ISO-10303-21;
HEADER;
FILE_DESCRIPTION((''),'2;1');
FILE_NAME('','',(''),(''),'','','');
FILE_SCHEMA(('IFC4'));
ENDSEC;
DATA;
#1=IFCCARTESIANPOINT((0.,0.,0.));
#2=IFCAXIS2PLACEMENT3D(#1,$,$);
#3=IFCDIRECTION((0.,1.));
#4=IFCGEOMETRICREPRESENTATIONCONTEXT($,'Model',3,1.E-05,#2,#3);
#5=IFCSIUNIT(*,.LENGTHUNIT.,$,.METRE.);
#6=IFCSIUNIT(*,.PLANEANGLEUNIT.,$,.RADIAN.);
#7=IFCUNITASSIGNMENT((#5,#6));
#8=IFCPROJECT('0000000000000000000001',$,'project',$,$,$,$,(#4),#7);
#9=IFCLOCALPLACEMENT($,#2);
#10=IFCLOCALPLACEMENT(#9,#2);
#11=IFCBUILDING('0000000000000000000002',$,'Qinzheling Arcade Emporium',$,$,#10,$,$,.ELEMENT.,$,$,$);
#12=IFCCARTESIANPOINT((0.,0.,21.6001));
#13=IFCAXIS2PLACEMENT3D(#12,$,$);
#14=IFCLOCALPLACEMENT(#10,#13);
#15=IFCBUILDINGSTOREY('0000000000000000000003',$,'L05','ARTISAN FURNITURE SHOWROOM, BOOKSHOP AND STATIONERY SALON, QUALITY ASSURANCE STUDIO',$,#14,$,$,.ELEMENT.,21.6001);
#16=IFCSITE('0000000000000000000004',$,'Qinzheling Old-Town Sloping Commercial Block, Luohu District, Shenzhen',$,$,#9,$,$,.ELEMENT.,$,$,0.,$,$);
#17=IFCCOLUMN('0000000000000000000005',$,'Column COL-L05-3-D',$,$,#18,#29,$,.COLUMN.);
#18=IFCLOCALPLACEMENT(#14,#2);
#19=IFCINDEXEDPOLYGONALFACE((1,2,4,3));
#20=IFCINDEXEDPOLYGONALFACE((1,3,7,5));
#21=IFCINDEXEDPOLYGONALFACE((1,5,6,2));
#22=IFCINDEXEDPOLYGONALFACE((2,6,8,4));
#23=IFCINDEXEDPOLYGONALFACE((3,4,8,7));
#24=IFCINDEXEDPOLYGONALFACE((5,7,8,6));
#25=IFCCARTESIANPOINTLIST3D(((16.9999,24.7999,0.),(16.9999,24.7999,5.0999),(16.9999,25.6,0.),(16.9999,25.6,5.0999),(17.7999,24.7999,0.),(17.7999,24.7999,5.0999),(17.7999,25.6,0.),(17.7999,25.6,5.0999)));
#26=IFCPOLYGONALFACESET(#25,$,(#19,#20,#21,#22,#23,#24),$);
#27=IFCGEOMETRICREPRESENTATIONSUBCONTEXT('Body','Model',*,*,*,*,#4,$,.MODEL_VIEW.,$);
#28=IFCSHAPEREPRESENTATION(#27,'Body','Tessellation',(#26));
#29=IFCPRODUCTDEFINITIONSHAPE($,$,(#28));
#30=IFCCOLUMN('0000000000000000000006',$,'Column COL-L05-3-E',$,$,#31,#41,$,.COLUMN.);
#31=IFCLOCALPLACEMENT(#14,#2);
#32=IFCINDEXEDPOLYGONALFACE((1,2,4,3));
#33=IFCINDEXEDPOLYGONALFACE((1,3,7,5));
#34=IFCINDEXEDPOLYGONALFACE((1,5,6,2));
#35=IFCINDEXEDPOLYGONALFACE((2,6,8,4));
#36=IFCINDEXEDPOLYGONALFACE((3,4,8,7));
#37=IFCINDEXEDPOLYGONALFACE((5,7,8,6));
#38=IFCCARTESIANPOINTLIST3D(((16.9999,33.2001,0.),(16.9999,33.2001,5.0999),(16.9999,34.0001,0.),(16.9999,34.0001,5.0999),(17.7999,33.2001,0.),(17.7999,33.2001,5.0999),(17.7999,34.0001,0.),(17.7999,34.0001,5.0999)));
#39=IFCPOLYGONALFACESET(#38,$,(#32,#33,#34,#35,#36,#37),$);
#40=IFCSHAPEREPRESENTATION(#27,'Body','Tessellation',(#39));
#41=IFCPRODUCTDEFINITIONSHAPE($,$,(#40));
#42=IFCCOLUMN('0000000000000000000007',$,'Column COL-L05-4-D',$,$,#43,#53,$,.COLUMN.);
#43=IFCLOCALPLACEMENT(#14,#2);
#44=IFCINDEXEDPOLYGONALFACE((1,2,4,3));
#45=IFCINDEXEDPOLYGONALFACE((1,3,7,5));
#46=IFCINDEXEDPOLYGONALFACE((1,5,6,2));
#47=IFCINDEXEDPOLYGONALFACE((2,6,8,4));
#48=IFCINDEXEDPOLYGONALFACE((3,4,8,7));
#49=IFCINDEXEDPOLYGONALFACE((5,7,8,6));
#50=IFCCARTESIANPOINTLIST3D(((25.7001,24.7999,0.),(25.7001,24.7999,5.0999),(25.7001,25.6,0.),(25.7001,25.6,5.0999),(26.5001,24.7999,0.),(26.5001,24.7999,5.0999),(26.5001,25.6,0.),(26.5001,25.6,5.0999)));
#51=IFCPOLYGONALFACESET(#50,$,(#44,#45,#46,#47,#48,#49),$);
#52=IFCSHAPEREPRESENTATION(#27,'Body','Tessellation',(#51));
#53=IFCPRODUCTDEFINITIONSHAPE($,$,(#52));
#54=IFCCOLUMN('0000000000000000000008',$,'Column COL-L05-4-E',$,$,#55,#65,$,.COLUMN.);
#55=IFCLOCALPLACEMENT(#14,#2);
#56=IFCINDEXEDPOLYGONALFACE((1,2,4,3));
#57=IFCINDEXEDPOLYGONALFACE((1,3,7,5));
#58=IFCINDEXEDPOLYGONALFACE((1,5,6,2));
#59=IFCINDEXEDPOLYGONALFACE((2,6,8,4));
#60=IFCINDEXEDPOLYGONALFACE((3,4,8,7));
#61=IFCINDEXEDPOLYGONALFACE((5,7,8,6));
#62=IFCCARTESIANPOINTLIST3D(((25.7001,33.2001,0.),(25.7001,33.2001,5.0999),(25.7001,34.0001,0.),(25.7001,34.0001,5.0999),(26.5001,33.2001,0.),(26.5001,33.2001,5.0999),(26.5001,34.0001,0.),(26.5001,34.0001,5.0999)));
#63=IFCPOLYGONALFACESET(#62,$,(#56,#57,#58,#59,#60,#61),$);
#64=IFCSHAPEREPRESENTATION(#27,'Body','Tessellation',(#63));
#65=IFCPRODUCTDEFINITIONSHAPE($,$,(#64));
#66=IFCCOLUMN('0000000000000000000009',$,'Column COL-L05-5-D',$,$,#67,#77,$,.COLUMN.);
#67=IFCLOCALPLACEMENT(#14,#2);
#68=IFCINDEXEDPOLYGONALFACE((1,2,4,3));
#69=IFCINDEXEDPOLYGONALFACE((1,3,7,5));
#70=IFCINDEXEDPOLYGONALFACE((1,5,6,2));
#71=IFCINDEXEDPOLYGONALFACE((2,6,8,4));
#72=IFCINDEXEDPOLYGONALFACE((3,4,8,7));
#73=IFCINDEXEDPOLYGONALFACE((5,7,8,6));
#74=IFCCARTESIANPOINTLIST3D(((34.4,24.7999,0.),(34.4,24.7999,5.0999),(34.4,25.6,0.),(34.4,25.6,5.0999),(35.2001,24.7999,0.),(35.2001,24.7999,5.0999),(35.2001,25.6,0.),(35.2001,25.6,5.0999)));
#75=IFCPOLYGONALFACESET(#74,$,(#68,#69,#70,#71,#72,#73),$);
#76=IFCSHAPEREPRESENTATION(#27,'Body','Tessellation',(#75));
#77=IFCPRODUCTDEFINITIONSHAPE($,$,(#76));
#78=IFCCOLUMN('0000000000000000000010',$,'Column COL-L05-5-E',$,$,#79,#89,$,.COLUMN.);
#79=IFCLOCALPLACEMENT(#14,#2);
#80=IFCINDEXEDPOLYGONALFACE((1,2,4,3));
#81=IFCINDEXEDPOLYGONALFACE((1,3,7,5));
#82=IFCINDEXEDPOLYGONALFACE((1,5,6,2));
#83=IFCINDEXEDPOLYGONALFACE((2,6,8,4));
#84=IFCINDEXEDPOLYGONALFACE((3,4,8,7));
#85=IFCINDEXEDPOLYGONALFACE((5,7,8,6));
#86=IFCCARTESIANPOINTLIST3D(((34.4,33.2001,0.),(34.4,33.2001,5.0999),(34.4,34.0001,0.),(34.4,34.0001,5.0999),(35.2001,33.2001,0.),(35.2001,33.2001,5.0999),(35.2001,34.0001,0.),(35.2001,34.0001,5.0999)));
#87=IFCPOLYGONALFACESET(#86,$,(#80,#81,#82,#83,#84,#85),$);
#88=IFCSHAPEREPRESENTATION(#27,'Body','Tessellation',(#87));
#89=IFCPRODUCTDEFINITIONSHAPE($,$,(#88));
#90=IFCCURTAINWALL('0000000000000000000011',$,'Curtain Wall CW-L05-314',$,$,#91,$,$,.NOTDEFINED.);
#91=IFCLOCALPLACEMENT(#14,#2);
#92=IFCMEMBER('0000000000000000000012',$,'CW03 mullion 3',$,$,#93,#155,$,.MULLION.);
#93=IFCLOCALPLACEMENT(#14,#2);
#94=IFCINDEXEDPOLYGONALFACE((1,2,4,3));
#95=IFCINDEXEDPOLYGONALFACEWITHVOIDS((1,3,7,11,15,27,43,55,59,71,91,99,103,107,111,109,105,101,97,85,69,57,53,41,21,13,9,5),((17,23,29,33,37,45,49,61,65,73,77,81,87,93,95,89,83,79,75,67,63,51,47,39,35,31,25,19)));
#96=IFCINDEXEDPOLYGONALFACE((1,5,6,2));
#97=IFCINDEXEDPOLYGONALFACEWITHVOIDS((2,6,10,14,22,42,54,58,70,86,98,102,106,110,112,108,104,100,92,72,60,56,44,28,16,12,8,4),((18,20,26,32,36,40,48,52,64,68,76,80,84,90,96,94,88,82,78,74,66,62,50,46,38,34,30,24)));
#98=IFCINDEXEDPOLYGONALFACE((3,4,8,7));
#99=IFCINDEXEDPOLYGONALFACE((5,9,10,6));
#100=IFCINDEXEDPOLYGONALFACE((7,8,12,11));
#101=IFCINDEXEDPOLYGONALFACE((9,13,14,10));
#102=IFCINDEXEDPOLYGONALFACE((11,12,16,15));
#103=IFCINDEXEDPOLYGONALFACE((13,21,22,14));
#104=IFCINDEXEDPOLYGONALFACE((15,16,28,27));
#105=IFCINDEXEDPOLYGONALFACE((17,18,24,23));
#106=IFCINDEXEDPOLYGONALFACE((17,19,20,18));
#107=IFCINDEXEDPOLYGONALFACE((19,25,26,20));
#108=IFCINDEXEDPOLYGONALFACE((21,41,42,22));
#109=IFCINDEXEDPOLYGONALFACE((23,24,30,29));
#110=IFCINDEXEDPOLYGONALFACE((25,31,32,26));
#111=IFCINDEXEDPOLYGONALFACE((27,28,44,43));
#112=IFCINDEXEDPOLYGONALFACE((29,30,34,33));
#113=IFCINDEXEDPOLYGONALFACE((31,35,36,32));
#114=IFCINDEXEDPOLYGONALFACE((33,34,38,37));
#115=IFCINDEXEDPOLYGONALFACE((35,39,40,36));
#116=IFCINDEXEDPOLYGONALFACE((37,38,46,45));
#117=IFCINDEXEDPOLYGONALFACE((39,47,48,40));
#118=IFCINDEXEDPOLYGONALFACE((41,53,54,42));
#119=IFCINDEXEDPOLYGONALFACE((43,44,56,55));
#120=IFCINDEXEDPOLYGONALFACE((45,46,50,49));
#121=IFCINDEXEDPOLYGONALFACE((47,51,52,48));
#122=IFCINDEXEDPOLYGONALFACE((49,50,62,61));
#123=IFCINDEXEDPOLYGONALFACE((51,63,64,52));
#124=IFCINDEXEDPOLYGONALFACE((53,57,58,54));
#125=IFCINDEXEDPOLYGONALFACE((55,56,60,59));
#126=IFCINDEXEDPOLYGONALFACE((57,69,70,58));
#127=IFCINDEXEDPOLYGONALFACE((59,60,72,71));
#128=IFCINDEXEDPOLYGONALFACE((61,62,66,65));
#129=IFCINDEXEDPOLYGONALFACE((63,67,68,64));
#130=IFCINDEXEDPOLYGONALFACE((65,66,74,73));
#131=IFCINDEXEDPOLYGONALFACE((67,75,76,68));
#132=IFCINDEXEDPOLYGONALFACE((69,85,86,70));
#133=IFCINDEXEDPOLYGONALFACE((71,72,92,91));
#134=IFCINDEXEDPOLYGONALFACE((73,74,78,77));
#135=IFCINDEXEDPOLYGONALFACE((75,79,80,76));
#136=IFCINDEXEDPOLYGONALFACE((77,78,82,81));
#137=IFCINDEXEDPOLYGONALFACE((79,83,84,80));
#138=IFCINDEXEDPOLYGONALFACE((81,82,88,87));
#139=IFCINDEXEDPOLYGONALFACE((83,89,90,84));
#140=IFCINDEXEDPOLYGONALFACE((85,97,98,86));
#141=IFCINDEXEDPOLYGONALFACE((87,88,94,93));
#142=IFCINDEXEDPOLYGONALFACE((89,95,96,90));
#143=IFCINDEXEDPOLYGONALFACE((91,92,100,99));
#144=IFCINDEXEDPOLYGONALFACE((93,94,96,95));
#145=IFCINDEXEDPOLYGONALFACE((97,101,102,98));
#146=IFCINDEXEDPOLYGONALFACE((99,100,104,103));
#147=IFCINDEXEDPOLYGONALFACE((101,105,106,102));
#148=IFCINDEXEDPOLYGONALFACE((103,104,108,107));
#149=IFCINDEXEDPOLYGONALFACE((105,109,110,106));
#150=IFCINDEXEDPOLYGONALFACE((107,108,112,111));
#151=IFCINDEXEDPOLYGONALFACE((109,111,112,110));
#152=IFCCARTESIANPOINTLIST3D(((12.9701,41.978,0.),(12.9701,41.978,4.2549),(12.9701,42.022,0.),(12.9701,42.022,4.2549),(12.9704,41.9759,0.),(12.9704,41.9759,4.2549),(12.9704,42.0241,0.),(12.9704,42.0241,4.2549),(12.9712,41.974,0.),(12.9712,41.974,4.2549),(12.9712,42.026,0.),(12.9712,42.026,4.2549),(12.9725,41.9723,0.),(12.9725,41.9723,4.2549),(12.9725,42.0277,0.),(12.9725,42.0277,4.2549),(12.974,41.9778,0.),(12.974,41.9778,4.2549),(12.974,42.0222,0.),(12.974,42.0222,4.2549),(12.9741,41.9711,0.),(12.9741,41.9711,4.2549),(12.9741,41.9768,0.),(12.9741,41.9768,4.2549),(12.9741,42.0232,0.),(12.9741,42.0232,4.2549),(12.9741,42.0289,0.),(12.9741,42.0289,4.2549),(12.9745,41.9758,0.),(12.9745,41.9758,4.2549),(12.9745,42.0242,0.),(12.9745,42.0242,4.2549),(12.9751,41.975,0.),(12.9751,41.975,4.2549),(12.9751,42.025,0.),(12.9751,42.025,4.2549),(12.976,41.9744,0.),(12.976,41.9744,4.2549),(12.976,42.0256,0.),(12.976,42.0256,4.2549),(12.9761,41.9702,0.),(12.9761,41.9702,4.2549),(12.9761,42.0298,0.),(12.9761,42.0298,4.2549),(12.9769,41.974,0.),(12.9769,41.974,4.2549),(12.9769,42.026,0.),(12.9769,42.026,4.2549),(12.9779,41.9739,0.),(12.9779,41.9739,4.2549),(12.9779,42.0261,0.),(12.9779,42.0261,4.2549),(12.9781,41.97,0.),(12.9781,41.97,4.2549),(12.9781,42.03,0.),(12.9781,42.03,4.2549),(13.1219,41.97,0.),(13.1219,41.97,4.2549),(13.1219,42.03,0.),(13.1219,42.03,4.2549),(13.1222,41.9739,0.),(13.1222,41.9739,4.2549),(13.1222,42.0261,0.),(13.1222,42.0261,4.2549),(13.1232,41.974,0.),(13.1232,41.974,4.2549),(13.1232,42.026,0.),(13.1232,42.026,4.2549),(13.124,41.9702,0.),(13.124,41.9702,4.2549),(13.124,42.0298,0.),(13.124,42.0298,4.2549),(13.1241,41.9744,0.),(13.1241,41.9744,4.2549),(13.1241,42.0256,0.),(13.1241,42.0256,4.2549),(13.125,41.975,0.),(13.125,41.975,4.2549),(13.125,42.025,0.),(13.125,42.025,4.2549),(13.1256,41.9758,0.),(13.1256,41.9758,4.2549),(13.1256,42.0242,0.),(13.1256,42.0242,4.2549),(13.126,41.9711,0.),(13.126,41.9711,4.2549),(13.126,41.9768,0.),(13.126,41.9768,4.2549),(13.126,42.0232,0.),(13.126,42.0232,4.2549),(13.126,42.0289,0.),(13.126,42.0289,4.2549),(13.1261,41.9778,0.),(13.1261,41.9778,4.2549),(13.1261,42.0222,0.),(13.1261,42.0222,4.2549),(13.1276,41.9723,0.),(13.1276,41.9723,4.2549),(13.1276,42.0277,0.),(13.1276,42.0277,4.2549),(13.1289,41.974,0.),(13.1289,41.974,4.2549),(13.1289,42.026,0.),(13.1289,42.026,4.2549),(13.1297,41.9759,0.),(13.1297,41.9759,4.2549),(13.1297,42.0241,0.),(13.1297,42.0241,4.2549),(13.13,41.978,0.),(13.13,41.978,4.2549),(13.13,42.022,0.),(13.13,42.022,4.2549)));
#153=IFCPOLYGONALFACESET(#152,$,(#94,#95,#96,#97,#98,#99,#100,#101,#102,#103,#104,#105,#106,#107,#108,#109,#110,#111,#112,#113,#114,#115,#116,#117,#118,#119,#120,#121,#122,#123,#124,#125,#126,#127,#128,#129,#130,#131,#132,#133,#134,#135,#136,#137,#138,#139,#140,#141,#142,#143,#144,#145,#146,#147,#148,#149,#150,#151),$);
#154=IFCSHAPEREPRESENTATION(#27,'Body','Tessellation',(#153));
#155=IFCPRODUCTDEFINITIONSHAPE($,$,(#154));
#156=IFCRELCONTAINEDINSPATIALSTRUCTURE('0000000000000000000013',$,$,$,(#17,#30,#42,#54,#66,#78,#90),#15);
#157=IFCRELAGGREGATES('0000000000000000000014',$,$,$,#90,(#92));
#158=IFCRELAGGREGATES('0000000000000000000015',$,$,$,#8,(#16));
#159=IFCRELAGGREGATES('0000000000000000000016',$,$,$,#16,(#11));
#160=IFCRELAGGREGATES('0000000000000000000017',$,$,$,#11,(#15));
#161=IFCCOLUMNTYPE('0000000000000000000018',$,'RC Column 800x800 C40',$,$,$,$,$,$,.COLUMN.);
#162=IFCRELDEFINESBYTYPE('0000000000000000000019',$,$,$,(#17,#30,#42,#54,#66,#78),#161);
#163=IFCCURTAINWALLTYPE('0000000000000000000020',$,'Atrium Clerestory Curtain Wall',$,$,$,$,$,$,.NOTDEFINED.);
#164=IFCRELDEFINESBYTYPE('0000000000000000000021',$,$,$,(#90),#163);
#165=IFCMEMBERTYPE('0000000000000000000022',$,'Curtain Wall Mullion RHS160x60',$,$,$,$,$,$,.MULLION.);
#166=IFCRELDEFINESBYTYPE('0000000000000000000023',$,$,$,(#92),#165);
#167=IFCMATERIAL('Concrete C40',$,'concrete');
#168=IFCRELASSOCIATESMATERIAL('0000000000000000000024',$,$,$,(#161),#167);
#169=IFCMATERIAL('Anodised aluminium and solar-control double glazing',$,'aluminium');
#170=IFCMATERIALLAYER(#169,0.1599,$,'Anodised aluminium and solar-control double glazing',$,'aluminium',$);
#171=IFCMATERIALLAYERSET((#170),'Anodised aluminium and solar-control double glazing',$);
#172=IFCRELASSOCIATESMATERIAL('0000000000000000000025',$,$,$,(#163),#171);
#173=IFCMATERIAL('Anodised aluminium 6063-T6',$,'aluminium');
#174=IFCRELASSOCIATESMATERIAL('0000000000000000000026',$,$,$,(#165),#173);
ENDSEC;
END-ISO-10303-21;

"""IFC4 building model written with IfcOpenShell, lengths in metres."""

from ifc_helpers import new_model, si_unit, direction, frame, origin, origin_2d, place, context, subcontext, project, spatial, rectangle, hollow_rectangle, extrude, material, layer, layer_set, material_profile, profile_set, type_object, element, aggregate, save


model = new_model("IFC4")

# Units and contexts
model_context = context("Model", 3, precision=1e-05, world=origin(), true_north=direction((0.0, 1.0)))
body_context = subcontext(model_context, "Body", "Model", "MODEL_VIEW")
ifc_project = project(units=[si_unit("LENGTHUNIT", "METRE"), si_unit("PLANEANGLEUNIT", "RADIAN")], contexts=[model_context])

# Site, building, storey
site_placement = place(None, origin())
site = spatial("IfcSite", under=ifc_project, at=site_placement, Name="Qinzheling Old-Town Sloping Commercial Block, Luohu District, Shenzhen", CompositionType="ELEMENT", RefElevation=0.0)
building_placement = place(site_placement, origin())
building = spatial("IfcBuilding", under=site, at=building_placement, Name="Qinzheling Arcade Emporium", CompositionType="ELEMENT")
storey_placement = place(building_placement, frame((0.0, 0.0, 21.6001)))
storey = spatial("IfcBuildingStorey", under=building, at=storey_placement, Name="L05", Description="ARTISAN FURNITURE SHOWROOM, BOOKSHOP AND STATIONERY SALON, QUALITY ASSURANCE STUDIO", CompositionType="ELEMENT", Elevation=21.6001)

# Columns
ifc_material_1 = material(Name="Concrete C40", Category="concrete")
ifc_material_profile_1 = material_profile(ifc_material_1, rectangle(XDim=0.8, YDim=0.8, at=origin_2d()), Name="RC 800x800", Category="concrete")
ifc_profile_set_1 = profile_set([ifc_material_profile_1], Name="Concrete C40")
column_type = type_object("IfcColumnType", Name="RC Column 800x800 C40", PredefinedType="COLUMN", material=ifc_profile_set_1)
for number, where, z_axis, x_axis, name in (
    (1, (17.3999, 25.2, 0.0), (0.0, 0.0, 1.0), (1.0, 0.0, 0.0), "Column COL-L05-3-D"),
    (2, (17.3999, 33.6001, 0.0), (0.0, 0.0, 1.0), (1.0, 0.0, 0.0), "Column COL-L05-3-E"),
    (3, (26.1001, 25.2, 0.0), (0.0, 0.0, 1.0), (1.0, 0.0, 0.0), "Column COL-L05-4-D"),
    (4, (26.1001, 33.6001, 0.0), (0.0, 0.0, 1.0), (1.0, 0.0, 0.0), "Column COL-L05-4-E"),
    (5, (34.8, 25.2, 0.0), (0.0, 0.0, 1.0), (1.0, 0.0, 0.0), "Column COL-L05-5-D"),
    (6, (34.8, 33.6001, 0.0), (0.0, 0.0, 1.0), (1.0, 0.0, 0.0), "Column COL-L05-5-E"),
):
    element("IfcColumn", number, at=place(storey_placement, frame(where, z_axis=z_axis, x_axis=x_axis)), inside=storey, type_object=column_type, Name=name, PredefinedType="COLUMN", context=body_context, shape_type="SweptSolid", body=[
        extrude(rectangle(XDim=0.8, YDim=0.8, at=origin_2d()), origin(), (0.0, 0.0, 1.0), 5.0999),
    ])

# Curtain wall, member
ifc_material_2 = material(Name="Anodised aluminium and solar-control double glazing", Category="aluminium")
ifc_layer_1 = layer(ifc_material_2, 0.1599, Name="Anodised aluminium and solar-control double glazing", Category="aluminium")
ifc_layer_set_1 = layer_set([ifc_layer_1], Name="Anodised aluminium and solar-control double glazing")
curtain_wall_type = type_object("IfcCurtainWallType", Name="Atrium Clerestory Curtain Wall", PredefinedType="NOTDEFINED", material=ifc_layer_set_1)
curtain_wall_placement = place(storey_placement, origin())
curtain_wall = element("IfcCurtainWall", 7, at=curtain_wall_placement, inside=storey, type_object=curtain_wall_type, Name="Curtain Wall CW-L05-314", PredefinedType="NOTDEFINED")
ifc_material_3 = material(Name="Anodised aluminium 6063-T6", Category="aluminium")
ifc_material_profile_2 = material_profile(ifc_material_3, hollow_rectangle(XDim=0.0601, YDim=0.1599, WallThickness=0.0039, InnerFilletRadius=0.0039, OuterFilletRadius=0.0081, at=origin_2d()), Name="RHS 160x60x4", Category="aluminium")
ifc_profile_set_2 = profile_set([ifc_material_profile_2], Name="Anodised aluminium 6063-T6")
member_type_1 = type_object("IfcMemberType", Name="Curtain Wall Mullion RHS160x60", PredefinedType="MULLION", material=ifc_profile_set_2)
member_1_placement = place(storey_placement, frame((13.05, 42.0, 0.0), z_axis=(0.0, 0.0, 1.0), x_axis=(0.0, 1.0, 0.0)))
member_1 = element("IfcMember", 8, at=member_1_placement, type_object=member_type_1, Name="CW03 mullion 3", PredefinedType="MULLION", context=body_context, shape_type="SweptSolid", body=[
    extrude(hollow_rectangle(XDim=0.0601, YDim=0.1599, WallThickness=0.0039, InnerFilletRadius=0.0039, OuterFilletRadius=0.0081, at=origin_2d()), origin(), (0.0, 0.0, 1.0), 4.2549),
])

aggregate(curtain_wall, [member_1])

save(model, "model.ifc")
